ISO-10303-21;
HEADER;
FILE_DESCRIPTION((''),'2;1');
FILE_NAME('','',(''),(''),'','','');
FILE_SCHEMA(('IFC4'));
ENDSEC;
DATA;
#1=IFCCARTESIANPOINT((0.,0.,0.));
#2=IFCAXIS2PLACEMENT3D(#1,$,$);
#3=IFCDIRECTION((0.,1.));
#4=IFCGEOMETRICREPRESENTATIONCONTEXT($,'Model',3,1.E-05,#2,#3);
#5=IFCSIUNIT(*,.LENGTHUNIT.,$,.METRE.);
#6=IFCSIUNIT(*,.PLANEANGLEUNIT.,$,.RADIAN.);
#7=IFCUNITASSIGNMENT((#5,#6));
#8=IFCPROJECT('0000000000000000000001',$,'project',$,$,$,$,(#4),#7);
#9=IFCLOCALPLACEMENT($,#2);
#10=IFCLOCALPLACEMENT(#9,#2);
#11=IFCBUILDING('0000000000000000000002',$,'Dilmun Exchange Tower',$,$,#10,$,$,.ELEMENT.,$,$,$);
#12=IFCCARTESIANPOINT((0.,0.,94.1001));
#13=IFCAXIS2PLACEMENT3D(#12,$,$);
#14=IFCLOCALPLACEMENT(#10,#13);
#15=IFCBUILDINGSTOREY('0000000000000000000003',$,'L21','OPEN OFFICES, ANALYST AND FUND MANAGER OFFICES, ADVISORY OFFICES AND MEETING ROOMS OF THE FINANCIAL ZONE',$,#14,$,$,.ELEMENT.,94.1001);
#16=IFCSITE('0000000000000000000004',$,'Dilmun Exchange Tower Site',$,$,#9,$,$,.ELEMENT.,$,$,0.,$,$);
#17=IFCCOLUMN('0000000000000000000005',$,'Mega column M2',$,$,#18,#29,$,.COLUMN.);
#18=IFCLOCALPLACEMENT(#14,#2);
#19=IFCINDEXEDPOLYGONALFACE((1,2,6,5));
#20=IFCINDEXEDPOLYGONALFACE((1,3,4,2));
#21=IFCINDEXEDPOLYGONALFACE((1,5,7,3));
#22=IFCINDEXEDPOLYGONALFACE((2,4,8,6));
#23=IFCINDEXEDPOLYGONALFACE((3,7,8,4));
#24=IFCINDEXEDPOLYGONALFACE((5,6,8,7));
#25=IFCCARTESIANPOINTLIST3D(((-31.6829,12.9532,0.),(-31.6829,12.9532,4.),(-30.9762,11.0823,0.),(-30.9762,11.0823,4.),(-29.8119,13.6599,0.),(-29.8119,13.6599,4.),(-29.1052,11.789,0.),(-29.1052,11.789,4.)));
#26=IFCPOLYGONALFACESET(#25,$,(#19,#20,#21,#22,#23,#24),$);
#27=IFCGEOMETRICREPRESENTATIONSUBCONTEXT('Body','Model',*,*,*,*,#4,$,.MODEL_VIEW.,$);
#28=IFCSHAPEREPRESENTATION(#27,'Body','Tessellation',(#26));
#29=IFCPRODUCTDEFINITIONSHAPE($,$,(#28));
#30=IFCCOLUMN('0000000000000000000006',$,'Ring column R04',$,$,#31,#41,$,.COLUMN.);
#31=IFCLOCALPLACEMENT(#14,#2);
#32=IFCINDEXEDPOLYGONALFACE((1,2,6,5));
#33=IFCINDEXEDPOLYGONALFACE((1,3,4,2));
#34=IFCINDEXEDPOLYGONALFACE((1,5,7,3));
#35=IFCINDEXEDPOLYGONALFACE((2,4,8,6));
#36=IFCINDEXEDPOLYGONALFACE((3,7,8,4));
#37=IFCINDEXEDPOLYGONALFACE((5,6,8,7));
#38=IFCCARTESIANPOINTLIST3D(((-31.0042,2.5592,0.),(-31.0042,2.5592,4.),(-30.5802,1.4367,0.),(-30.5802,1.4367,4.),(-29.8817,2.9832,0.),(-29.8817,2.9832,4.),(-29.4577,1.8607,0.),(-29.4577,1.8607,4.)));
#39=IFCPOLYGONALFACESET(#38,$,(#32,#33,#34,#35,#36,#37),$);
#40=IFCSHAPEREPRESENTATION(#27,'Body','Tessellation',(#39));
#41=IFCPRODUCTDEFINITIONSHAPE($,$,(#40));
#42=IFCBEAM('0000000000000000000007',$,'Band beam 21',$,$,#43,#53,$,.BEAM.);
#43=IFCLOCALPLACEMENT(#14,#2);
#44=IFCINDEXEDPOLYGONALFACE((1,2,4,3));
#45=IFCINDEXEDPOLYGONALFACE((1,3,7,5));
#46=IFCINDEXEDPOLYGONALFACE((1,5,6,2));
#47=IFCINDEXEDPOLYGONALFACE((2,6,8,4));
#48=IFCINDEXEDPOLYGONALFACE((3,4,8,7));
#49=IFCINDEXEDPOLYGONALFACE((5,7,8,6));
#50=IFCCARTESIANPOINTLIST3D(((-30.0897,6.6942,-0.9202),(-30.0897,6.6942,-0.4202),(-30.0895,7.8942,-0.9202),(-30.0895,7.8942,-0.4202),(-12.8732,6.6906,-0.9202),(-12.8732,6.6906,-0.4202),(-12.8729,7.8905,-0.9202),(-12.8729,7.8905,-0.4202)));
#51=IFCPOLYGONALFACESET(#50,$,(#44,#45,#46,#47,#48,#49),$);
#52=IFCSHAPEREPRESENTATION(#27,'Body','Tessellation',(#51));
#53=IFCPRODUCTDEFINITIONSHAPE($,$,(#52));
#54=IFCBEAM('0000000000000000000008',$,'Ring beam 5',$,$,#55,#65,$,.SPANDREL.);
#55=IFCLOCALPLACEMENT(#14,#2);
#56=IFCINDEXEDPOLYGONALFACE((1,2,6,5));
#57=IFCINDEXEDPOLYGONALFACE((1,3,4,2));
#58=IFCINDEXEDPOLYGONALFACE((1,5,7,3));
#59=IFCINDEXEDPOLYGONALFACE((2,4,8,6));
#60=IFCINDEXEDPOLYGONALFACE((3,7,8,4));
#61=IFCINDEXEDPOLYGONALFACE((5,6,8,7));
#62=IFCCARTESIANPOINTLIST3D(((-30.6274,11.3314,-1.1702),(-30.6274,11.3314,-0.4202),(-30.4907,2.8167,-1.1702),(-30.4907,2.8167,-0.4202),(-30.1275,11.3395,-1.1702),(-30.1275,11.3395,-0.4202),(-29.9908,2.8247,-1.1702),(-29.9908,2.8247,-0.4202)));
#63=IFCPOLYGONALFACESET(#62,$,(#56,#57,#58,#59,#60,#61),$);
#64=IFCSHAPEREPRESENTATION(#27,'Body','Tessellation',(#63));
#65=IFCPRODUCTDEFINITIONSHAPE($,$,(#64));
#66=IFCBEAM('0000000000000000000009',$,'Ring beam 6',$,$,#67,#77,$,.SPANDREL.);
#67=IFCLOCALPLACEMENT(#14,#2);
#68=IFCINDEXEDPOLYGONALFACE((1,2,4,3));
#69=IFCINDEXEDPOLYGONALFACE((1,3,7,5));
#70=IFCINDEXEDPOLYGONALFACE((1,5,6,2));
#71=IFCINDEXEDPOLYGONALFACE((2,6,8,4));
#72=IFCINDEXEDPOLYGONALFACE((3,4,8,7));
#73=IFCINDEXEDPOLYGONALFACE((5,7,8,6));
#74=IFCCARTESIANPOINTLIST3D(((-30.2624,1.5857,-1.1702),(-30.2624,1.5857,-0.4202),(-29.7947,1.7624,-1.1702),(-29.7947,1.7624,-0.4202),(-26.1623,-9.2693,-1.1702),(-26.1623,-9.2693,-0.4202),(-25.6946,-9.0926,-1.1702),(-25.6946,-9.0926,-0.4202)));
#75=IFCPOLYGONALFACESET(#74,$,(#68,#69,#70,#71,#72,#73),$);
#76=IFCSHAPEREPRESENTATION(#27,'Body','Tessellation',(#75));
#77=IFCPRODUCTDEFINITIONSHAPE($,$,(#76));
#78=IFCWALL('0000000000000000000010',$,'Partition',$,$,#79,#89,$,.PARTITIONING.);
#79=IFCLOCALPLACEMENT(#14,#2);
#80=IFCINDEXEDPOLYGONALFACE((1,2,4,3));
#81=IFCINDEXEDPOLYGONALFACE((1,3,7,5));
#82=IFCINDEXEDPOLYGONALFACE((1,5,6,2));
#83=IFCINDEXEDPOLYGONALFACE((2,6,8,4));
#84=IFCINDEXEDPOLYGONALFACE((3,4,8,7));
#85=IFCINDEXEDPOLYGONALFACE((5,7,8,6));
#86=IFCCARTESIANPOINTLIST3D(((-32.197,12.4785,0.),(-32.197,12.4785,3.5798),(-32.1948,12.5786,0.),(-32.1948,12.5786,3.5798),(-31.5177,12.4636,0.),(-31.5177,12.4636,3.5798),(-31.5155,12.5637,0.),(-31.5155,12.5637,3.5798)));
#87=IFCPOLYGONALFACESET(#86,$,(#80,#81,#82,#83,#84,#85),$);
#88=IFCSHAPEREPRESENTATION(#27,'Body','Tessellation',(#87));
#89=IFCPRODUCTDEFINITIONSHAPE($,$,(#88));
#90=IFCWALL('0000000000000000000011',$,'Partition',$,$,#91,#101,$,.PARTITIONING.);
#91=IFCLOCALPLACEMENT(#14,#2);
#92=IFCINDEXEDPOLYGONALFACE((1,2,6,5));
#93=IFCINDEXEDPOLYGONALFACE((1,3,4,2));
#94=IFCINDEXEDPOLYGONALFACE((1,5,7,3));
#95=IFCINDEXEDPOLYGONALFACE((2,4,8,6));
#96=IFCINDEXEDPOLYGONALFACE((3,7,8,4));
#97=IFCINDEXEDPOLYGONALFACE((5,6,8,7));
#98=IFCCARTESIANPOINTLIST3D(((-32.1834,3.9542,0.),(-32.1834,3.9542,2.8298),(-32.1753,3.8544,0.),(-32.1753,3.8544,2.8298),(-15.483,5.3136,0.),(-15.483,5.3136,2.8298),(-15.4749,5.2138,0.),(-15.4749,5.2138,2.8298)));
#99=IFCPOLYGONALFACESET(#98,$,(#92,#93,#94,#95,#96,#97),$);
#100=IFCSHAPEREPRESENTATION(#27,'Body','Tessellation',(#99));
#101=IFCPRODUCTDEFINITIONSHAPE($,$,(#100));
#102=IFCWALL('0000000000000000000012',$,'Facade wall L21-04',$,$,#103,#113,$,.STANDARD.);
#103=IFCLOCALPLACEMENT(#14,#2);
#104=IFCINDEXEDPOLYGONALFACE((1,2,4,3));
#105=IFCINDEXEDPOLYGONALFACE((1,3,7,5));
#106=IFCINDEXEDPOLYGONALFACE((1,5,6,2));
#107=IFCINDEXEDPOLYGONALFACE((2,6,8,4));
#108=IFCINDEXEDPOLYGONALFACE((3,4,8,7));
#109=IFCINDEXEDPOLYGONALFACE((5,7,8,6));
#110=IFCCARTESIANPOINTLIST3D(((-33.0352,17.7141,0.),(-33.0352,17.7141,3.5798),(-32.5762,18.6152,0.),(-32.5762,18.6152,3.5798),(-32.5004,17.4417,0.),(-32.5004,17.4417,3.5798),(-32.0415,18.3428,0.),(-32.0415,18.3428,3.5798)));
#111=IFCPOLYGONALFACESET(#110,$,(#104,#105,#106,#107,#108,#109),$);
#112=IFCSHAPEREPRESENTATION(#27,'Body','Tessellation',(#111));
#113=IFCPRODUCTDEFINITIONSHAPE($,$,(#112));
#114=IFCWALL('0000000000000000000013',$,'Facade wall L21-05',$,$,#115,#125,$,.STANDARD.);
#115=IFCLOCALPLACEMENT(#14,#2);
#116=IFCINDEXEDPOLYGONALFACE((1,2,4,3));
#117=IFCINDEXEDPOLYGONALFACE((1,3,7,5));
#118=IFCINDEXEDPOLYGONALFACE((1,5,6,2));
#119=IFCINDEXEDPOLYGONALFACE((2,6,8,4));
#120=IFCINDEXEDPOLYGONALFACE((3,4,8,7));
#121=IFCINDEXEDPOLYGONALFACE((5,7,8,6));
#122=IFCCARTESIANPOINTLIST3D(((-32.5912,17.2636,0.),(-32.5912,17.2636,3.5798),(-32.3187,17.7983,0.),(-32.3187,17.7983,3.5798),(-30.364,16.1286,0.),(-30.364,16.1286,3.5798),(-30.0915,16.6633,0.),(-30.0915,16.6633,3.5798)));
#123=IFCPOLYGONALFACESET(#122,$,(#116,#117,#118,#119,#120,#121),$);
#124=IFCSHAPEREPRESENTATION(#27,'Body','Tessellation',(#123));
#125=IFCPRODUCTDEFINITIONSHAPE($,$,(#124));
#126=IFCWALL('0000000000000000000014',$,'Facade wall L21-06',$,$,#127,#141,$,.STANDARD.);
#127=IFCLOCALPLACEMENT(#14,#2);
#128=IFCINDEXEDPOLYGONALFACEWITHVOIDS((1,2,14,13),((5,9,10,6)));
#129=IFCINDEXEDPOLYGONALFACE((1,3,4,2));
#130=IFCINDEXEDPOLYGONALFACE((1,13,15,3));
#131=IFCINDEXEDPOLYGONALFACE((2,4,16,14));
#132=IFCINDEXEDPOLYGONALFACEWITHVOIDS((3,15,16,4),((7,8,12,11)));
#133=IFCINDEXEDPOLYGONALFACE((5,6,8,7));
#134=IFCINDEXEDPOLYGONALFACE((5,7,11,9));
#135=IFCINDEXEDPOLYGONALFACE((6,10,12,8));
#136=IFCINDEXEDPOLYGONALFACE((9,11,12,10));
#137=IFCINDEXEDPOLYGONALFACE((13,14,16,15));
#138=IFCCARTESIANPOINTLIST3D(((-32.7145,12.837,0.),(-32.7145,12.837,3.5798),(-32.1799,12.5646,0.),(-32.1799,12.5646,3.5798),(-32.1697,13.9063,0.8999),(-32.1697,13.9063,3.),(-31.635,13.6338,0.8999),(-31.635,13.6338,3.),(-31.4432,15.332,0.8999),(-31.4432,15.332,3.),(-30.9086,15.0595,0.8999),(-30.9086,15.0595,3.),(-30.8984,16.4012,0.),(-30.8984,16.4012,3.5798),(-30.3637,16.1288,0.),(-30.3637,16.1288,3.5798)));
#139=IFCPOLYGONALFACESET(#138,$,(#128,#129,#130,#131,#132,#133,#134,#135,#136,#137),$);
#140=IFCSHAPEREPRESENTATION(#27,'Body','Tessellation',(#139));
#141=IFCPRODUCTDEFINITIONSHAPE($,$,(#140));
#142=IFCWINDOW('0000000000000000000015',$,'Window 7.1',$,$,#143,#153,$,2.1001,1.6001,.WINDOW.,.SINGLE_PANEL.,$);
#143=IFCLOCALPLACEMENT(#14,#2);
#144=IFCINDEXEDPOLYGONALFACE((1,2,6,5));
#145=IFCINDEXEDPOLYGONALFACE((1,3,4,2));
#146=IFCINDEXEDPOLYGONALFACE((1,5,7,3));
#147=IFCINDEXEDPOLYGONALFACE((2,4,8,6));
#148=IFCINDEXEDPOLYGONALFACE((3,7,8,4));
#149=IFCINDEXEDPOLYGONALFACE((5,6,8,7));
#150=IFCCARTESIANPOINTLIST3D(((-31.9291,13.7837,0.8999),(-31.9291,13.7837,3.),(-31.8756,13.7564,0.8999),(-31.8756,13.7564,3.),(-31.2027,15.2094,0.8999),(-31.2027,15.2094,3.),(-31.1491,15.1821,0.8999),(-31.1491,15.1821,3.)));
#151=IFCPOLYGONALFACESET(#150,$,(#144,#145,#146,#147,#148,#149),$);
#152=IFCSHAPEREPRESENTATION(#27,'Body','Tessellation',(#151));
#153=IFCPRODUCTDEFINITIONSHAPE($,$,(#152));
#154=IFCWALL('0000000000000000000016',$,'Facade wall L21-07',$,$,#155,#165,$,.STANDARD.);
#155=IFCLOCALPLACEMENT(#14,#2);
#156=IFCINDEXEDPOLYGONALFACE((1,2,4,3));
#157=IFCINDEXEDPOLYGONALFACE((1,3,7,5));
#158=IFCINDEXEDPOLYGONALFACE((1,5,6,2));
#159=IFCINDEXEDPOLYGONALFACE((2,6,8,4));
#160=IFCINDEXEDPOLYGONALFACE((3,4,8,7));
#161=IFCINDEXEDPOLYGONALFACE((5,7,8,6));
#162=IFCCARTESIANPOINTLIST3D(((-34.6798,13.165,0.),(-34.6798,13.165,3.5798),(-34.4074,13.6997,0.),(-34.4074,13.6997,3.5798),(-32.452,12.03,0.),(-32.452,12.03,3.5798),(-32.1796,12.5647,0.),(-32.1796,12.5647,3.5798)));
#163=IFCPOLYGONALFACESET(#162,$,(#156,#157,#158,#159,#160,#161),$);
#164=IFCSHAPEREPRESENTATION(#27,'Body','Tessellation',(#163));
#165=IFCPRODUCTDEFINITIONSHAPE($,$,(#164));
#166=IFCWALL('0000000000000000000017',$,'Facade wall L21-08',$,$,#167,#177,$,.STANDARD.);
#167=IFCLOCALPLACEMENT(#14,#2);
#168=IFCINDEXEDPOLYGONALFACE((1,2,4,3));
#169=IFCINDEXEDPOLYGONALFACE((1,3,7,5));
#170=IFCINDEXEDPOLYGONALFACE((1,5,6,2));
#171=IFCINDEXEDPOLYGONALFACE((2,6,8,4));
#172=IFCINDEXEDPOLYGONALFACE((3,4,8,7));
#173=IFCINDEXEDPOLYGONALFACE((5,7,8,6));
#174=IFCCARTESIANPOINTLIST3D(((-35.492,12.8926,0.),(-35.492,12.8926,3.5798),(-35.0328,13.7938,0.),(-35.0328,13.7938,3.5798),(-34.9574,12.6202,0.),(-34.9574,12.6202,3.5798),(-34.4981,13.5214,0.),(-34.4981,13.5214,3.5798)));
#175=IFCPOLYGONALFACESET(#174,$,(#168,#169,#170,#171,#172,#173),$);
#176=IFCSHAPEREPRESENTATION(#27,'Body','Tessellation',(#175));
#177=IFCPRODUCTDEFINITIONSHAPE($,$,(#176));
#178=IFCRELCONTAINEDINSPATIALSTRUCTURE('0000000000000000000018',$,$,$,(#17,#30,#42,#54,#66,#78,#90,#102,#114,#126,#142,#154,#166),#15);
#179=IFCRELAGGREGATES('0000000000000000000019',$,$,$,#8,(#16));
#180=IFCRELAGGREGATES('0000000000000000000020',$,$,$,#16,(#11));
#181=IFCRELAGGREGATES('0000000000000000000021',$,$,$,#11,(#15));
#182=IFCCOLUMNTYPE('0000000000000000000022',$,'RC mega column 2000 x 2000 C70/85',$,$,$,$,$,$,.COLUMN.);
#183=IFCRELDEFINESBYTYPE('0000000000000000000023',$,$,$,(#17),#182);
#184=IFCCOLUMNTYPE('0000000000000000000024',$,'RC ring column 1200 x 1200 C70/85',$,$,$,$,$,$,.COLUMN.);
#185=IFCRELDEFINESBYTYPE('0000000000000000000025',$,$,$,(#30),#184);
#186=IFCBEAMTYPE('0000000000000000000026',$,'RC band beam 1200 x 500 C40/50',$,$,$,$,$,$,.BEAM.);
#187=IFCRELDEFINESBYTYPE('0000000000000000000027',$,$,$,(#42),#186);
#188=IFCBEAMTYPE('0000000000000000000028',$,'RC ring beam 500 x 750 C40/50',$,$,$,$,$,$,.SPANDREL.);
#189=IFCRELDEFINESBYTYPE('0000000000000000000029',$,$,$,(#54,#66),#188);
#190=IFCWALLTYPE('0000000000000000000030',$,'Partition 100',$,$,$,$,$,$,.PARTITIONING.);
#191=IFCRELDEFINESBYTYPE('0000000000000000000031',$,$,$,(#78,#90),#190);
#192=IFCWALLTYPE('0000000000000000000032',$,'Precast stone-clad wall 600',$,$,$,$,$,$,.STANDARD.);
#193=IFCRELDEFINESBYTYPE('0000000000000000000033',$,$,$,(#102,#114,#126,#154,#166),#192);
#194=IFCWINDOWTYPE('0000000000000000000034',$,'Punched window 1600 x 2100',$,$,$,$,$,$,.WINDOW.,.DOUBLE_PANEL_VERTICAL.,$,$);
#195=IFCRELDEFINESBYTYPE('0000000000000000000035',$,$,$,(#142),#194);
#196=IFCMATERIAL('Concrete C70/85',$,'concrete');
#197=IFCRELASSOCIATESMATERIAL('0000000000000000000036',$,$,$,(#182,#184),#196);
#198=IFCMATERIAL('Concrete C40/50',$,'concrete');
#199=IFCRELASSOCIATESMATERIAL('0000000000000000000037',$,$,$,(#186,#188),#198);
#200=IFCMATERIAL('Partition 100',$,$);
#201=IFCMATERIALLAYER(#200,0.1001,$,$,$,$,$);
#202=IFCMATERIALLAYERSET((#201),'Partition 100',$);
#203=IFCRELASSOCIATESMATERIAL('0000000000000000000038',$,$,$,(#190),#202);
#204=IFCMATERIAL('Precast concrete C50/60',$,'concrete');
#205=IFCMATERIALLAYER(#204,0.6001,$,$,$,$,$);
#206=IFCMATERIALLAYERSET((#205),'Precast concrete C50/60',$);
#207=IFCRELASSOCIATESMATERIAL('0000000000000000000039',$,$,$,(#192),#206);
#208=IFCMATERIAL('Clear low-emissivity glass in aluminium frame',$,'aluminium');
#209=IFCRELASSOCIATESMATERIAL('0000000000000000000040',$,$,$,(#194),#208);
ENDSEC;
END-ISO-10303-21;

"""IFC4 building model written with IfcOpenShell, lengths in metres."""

from ifc_helpers import new_model, si_unit, direction, frame, frame_2d, origin, origin_2d, place, context, subcontext, project, spatial, rectangle, extrude, material, layer, layer_set, material_profile, profile_set, type_object, element, fill, save


model = new_model("IFC4")

# Units and contexts
model_context = context("Model", 3, precision=1e-05, world=origin(), true_north=direction((0.0, 1.0)))
body_context = subcontext(model_context, "Body", "Model", "MODEL_VIEW")
ifc_project = project(units=[si_unit("LENGTHUNIT", "METRE"), si_unit("PLANEANGLEUNIT", "RADIAN")], contexts=[model_context])

# Site, building, storey
site_placement = place(None, origin())
site = spatial("IfcSite", under=ifc_project, at=site_placement, Name="Dilmun Exchange Tower Site", CompositionType="ELEMENT", RefElevation=0.0)
building_placement = place(site_placement, origin())
building = spatial("IfcBuilding", under=site, at=building_placement, Name="Dilmun Exchange Tower", CompositionType="ELEMENT")
storey_placement = place(building_placement, frame((0.0, 0.0, 94.1001)))
storey = spatial("IfcBuildingStorey", under=building, at=storey_placement, Name="L21", Description="OPEN OFFICES, ANALYST AND FUND MANAGER OFFICES, ADVISORY OFFICES AND MEETING ROOMS OF THE FINANCIAL ZONE", CompositionType="ELEMENT", Elevation=94.1001)

# Columns
ifc_material_1 = material(Name="Concrete C70/85", Category="concrete")
ifc_material_profile_1 = material_profile(ifc_material_1, rectangle(XDim=2.0, YDim=2.0, at=origin_2d()), Name="2000 x 2000")
ifc_profile_set_1 = profile_set([ifc_material_profile_1], Name="Concrete C70/85")
column_type_1 = type_object("IfcColumnType", Name="RC mega column 2000 x 2000 C70/85", PredefinedType="COLUMN", material=ifc_profile_set_1)
column_1_placement = place(storey_placement, frame((-30.394, 12.3711, 0.0), z_axis=(0.0, 0.0, 1.0), x_axis=(0.935492, 0.353349, 0.0)))
element("IfcColumn", 1, at=column_1_placement, inside=storey, type_object=column_type_1, Name="Mega column M2", PredefinedType="COLUMN", context=body_context, shape_type="SweptSolid", body=[
    extrude(rectangle(XDim=2.0, YDim=2.0, at=origin_2d()), origin(), (0.0, 0.0, 1.0), 4.0),
])
ifc_material_profile_2 = material_profile(ifc_material_1, rectangle(XDim=1.2, YDim=1.2, at=origin_2d()), Name="1200 x 1200")
ifc_profile_set_2 = profile_set([ifc_material_profile_2], Name="Concrete C70/85")
column_type_2 = type_object("IfcColumnType", Name="RC ring column 1200 x 1200 C70/85", PredefinedType="COLUMN", material=ifc_profile_set_2)
column_2_placement = place(storey_placement, frame((-30.231, 2.21, 0.0), z_axis=(0.0, 0.0, 1.0), x_axis=(0.935492, 0.353349, 0.0)))
element("IfcColumn", 2, at=column_2_placement, inside=storey, type_object=column_type_2, Name="Ring column R04", PredefinedType="COLUMN", context=body_context, shape_type="SweptSolid", body=[
    extrude(rectangle(XDim=1.2, YDim=1.2, at=origin_2d()), origin(), (0.0, 0.0, 1.0), 4.0),
])

# Beams
ifc_material_2 = material(Name="Concrete C40/50", Category="concrete")
ifc_material_profile_3 = material_profile(ifc_material_2, rectangle(XDim=1.2, YDim=0.5, at=origin_2d()), Name="1200 x 500")
ifc_profile_set_3 = profile_set([ifc_material_profile_3], Name="Concrete C40/50")
beam_type_1 = type_object("IfcBeamType", Name="RC band beam 1200 x 500 C40/50", PredefinedType="BEAM", material=ifc_profile_set_3)
beam_1_placement = place(storey_placement, frame((-30.0896, 7.2942, -0.6702), z_axis=(1.0, -0.000213, 0.0), x_axis=(0.000213, 1.0, 0.0)))
element("IfcBeam", 3, at=beam_1_placement, inside=storey, type_object=beam_type_1, Name="Band beam 21", PredefinedType="BEAM", context=body_context, shape_type="SweptSolid", body=[
    extrude(rectangle(XDim=1.2, YDim=0.5, at=origin_2d()), origin(), (0.0, 0.0, 1.0), 17.2166),
])
ifc_material_profile_4 = material_profile(ifc_material_2, rectangle(XDim=0.5, YDim=0.75, at=origin_2d()), Name="500 x 750")
ifc_profile_set_4 = profile_set([ifc_material_profile_4], Name="Concrete C40/50")
beam_type_2 = type_object("IfcBeamType", Name="RC ring beam 500 x 750 C40/50", PredefinedType="SPANDREL", material=ifc_profile_set_4)
beam_2_placement = place(storey_placement, frame((-30.3774, 11.3354, -0.7952), z_axis=(0.016054, -0.999871, 0.0), x_axis=(0.999871, 0.016054, 0.0)))
element("IfcBeam", 4, at=beam_2_placement, inside=storey, type_object=beam_type_2, Name="Ring beam 5", PredefinedType="SPANDREL", context=body_context, shape_type="SweptSolid", body=[
    extrude(rectangle(XDim=0.5, YDim=0.75, at=origin_2d()), origin(), (0.0, 0.0, 1.0), 8.5159),
])
beam_3_placement = place(storey_placement, frame((-30.0286, 1.6741, -0.7952), z_axis=(0.35335, -0.935491, 0.0), x_axis=(0.935491, 0.35335, 0.0)))
element("IfcBeam", 5, at=beam_3_placement, inside=storey, type_object=beam_type_2, Name="Ring beam 6", PredefinedType="SPANDREL", context=body_context, shape_type="SweptSolid", body=[
    extrude(rectangle(XDim=0.5, YDim=0.75, at=origin_2d()), origin(), (0.0, 0.0, 1.0), 11.6035),
])

# Walls
ifc_material_3 = material(Name="Partition 100")
ifc_layer_1 = layer(ifc_material_3, 0.1001)
ifc_layer_set_1 = layer_set([ifc_layer_1], Name="Partition 100")
wall_type_1 = type_object("IfcWallType", Name="Partition 100", PredefinedType="PARTITIONING", material=ifc_layer_set_1)
wall_1_placement = place(storey_placement, frame((-32.196, 12.5286, 0.0), z_axis=(0.0, 0.0, 1.0), x_axis=(0.99976, -0.021921, 0.0)))
element("IfcWall", 6, at=wall_1_placement, inside=storey, type_object=wall_type_1, Name="Partition", PredefinedType="PARTITIONING", context=body_context, shape_type="SweptSolid", body=[
    extrude(rectangle(XDim=0.6794, YDim=0.1001, at=frame_2d((0.3398, 0.0))), origin(), (0.0, 0.0, 1.0), 3.5798),
])
wall_2_placement = place(storey_placement, frame((-32.1794, 3.9043, 0.0), z_axis=(0.0, 0.0, 1.0), x_axis=(0.996704, 0.081129, 0.0)))
element("IfcWall", 7, at=wall_2_placement, inside=storey, type_object=wall_type_1, Name="Partition", PredefinedType="PARTITIONING", context=body_context, shape_type="SweptSolid", body=[
    extrude(rectangle(XDim=16.7556, YDim=0.1001, at=frame_2d((8.3779, 0.0))), origin(), (0.0, 0.0, 1.0), 2.8298),
])
ifc_material_4 = material(Name="Precast concrete C50/60", Category="concrete")
ifc_layer_2 = layer(ifc_material_4, 0.6001)
ifc_layer_set_2 = layer_set([ifc_layer_2], Name="Precast concrete C50/60")
wall_type_2 = type_object("IfcWallType", Name="Precast stone-clad wall 600", PredefinedType="STANDARD", material=ifc_layer_set_2)
wall_3_placement = place(storey_placement, frame((-32.3088, 18.479, 0.0), z_axis=(0.0, 0.0, 1.0), x_axis=(-0.453864, -0.891071, 0.0)))
element("IfcWall", 8, at=wall_3_placement, inside=storey, type_object=wall_type_2, Name="Facade wall L21-04", PredefinedType="STANDARD", context=body_context, shape_type="SweptSolid", body=[
    extrude(rectangle(XDim=1.0112, YDim=0.6001, at=frame_2d((0.5056, 0.0))), origin(), (0.0, 0.0, 1.0), 3.5798),
])
wall_4_placement = place(storey_placement, frame((-32.4551, 17.531, 0.0), z_axis=(0.0, 0.0, 1.0), x_axis=(0.890983, -0.454037, 0.0)))
element("IfcWall", 9, at=wall_4_placement, inside=storey, type_object=wall_type_2, Name="Facade wall L21-05", PredefinedType="STANDARD", context=body_context, shape_type="SweptSolid", body=[
    extrude(rectangle(XDim=2.4998, YDim=0.6001, at=frame_2d((1.25, 0.0))), origin(), (0.0, 0.0, 1.0), 3.5798),
])

# Wall, opening, window
wall_5_placement = place(storey_placement, frame((-30.6311, 16.2649, 0.0), z_axis=(0.0, 0.0, 1.0), x_axis=(-0.454012, -0.890996, 0.0)))
wall_5 = element("IfcWall", 10, at=wall_5_placement, inside=storey, type_object=wall_type_2, Name="Facade wall L21-06", PredefinedType="STANDARD", context=body_context, shape_type="SweptSolid", body=[
    extrude(rectangle(XDim=4.0002, YDim=0.6001, at=frame_2d((2.0, 0.0))), origin(), (0.0, 0.0, 1.0), 3.5798),
])
opening_1_placement = place(wall_5_placement, frame((1.2, 0.0, 0.8999)))
opening_1 = element("IfcOpeningElement", 11, at=opening_1_placement, cuts=wall_5, PredefinedType="OPENING", context=body_context, shape_type="SweptSolid", body=[
    extrude(rectangle(XDim=1.6001, YDim=2.1001, at=frame_2d((0.8, 1.05))), frame((0.0, 0.3101, 0.0), z_axis=(0.0, -1.0, 0.0), x_axis=(1.0, 0.0, 0.0)), (0.0, 0.0, 1.0), 0.6201),
])
ifc_material_5 = material(Name="Clear low-emissivity glass in aluminium frame", Category="aluminium")
window_type_1 = type_object("IfcWindowType", Name="Punched window 1600 x 2100", PartitioningType="DOUBLE_PANEL_VERTICAL", PredefinedType="WINDOW", material=ifc_material_5)
window_1_placement = place(opening_1_placement, origin())
window_1 = element("IfcWindow", 12, at=window_1_placement, inside=storey, type_object=window_type_1, Name="Window 7.1", OverallHeight=2.1001, OverallWidth=1.6001, PartitioningType="SINGLE_PANEL", PredefinedType="WINDOW", context=body_context, shape_type="SweptSolid", body=[
    extrude(rectangle(XDim=1.6001, YDim=2.1001, at=frame_2d((0.8, 1.05))), frame((0.0, 0.03, 0.0), z_axis=(0.0, -1.0, 0.0), x_axis=(1.0, 0.0, 0.0)), (0.0, 0.0, 1.0), 0.0601),
])
fill(opening_1, window_1)

# Walls
wall_6_placement = place(storey_placement, frame((-32.3159, 12.2974, 0.0), z_axis=(0.0, 0.0, 1.0), x_axis=(-0.891023, 0.453958, 0.0)))
element("IfcWall", 13, at=wall_6_placement, inside=storey, type_object=wall_type_2, Name="Facade wall L21-07", PredefinedType="STANDARD", context=body_context, shape_type="SweptSolid", body=[
    extrude(rectangle(XDim=2.5002, YDim=0.6001, at=frame_2d((1.25, 0.0))), origin(), (0.0, 0.0, 1.0), 3.5798),
])
wall_7_placement = place(storey_placement, frame((-34.7654, 13.6577, 0.0), z_axis=(0.0, 0.0, 1.0), x_axis=(-0.454056, -0.890973, 0.0)))
element("IfcWall", 14, at=wall_7_placement, inside=storey, type_object=wall_type_2, Name="Facade wall L21-08", PredefinedType="STANDARD", context=body_context, shape_type="SweptSolid", body=[
    extrude(rectangle(XDim=1.0115, YDim=0.6001, at=frame_2d((0.5059, 0.0))), origin(), (0.0, 0.0, 1.0), 3.5798),
])

save(model, "model.ifc")
